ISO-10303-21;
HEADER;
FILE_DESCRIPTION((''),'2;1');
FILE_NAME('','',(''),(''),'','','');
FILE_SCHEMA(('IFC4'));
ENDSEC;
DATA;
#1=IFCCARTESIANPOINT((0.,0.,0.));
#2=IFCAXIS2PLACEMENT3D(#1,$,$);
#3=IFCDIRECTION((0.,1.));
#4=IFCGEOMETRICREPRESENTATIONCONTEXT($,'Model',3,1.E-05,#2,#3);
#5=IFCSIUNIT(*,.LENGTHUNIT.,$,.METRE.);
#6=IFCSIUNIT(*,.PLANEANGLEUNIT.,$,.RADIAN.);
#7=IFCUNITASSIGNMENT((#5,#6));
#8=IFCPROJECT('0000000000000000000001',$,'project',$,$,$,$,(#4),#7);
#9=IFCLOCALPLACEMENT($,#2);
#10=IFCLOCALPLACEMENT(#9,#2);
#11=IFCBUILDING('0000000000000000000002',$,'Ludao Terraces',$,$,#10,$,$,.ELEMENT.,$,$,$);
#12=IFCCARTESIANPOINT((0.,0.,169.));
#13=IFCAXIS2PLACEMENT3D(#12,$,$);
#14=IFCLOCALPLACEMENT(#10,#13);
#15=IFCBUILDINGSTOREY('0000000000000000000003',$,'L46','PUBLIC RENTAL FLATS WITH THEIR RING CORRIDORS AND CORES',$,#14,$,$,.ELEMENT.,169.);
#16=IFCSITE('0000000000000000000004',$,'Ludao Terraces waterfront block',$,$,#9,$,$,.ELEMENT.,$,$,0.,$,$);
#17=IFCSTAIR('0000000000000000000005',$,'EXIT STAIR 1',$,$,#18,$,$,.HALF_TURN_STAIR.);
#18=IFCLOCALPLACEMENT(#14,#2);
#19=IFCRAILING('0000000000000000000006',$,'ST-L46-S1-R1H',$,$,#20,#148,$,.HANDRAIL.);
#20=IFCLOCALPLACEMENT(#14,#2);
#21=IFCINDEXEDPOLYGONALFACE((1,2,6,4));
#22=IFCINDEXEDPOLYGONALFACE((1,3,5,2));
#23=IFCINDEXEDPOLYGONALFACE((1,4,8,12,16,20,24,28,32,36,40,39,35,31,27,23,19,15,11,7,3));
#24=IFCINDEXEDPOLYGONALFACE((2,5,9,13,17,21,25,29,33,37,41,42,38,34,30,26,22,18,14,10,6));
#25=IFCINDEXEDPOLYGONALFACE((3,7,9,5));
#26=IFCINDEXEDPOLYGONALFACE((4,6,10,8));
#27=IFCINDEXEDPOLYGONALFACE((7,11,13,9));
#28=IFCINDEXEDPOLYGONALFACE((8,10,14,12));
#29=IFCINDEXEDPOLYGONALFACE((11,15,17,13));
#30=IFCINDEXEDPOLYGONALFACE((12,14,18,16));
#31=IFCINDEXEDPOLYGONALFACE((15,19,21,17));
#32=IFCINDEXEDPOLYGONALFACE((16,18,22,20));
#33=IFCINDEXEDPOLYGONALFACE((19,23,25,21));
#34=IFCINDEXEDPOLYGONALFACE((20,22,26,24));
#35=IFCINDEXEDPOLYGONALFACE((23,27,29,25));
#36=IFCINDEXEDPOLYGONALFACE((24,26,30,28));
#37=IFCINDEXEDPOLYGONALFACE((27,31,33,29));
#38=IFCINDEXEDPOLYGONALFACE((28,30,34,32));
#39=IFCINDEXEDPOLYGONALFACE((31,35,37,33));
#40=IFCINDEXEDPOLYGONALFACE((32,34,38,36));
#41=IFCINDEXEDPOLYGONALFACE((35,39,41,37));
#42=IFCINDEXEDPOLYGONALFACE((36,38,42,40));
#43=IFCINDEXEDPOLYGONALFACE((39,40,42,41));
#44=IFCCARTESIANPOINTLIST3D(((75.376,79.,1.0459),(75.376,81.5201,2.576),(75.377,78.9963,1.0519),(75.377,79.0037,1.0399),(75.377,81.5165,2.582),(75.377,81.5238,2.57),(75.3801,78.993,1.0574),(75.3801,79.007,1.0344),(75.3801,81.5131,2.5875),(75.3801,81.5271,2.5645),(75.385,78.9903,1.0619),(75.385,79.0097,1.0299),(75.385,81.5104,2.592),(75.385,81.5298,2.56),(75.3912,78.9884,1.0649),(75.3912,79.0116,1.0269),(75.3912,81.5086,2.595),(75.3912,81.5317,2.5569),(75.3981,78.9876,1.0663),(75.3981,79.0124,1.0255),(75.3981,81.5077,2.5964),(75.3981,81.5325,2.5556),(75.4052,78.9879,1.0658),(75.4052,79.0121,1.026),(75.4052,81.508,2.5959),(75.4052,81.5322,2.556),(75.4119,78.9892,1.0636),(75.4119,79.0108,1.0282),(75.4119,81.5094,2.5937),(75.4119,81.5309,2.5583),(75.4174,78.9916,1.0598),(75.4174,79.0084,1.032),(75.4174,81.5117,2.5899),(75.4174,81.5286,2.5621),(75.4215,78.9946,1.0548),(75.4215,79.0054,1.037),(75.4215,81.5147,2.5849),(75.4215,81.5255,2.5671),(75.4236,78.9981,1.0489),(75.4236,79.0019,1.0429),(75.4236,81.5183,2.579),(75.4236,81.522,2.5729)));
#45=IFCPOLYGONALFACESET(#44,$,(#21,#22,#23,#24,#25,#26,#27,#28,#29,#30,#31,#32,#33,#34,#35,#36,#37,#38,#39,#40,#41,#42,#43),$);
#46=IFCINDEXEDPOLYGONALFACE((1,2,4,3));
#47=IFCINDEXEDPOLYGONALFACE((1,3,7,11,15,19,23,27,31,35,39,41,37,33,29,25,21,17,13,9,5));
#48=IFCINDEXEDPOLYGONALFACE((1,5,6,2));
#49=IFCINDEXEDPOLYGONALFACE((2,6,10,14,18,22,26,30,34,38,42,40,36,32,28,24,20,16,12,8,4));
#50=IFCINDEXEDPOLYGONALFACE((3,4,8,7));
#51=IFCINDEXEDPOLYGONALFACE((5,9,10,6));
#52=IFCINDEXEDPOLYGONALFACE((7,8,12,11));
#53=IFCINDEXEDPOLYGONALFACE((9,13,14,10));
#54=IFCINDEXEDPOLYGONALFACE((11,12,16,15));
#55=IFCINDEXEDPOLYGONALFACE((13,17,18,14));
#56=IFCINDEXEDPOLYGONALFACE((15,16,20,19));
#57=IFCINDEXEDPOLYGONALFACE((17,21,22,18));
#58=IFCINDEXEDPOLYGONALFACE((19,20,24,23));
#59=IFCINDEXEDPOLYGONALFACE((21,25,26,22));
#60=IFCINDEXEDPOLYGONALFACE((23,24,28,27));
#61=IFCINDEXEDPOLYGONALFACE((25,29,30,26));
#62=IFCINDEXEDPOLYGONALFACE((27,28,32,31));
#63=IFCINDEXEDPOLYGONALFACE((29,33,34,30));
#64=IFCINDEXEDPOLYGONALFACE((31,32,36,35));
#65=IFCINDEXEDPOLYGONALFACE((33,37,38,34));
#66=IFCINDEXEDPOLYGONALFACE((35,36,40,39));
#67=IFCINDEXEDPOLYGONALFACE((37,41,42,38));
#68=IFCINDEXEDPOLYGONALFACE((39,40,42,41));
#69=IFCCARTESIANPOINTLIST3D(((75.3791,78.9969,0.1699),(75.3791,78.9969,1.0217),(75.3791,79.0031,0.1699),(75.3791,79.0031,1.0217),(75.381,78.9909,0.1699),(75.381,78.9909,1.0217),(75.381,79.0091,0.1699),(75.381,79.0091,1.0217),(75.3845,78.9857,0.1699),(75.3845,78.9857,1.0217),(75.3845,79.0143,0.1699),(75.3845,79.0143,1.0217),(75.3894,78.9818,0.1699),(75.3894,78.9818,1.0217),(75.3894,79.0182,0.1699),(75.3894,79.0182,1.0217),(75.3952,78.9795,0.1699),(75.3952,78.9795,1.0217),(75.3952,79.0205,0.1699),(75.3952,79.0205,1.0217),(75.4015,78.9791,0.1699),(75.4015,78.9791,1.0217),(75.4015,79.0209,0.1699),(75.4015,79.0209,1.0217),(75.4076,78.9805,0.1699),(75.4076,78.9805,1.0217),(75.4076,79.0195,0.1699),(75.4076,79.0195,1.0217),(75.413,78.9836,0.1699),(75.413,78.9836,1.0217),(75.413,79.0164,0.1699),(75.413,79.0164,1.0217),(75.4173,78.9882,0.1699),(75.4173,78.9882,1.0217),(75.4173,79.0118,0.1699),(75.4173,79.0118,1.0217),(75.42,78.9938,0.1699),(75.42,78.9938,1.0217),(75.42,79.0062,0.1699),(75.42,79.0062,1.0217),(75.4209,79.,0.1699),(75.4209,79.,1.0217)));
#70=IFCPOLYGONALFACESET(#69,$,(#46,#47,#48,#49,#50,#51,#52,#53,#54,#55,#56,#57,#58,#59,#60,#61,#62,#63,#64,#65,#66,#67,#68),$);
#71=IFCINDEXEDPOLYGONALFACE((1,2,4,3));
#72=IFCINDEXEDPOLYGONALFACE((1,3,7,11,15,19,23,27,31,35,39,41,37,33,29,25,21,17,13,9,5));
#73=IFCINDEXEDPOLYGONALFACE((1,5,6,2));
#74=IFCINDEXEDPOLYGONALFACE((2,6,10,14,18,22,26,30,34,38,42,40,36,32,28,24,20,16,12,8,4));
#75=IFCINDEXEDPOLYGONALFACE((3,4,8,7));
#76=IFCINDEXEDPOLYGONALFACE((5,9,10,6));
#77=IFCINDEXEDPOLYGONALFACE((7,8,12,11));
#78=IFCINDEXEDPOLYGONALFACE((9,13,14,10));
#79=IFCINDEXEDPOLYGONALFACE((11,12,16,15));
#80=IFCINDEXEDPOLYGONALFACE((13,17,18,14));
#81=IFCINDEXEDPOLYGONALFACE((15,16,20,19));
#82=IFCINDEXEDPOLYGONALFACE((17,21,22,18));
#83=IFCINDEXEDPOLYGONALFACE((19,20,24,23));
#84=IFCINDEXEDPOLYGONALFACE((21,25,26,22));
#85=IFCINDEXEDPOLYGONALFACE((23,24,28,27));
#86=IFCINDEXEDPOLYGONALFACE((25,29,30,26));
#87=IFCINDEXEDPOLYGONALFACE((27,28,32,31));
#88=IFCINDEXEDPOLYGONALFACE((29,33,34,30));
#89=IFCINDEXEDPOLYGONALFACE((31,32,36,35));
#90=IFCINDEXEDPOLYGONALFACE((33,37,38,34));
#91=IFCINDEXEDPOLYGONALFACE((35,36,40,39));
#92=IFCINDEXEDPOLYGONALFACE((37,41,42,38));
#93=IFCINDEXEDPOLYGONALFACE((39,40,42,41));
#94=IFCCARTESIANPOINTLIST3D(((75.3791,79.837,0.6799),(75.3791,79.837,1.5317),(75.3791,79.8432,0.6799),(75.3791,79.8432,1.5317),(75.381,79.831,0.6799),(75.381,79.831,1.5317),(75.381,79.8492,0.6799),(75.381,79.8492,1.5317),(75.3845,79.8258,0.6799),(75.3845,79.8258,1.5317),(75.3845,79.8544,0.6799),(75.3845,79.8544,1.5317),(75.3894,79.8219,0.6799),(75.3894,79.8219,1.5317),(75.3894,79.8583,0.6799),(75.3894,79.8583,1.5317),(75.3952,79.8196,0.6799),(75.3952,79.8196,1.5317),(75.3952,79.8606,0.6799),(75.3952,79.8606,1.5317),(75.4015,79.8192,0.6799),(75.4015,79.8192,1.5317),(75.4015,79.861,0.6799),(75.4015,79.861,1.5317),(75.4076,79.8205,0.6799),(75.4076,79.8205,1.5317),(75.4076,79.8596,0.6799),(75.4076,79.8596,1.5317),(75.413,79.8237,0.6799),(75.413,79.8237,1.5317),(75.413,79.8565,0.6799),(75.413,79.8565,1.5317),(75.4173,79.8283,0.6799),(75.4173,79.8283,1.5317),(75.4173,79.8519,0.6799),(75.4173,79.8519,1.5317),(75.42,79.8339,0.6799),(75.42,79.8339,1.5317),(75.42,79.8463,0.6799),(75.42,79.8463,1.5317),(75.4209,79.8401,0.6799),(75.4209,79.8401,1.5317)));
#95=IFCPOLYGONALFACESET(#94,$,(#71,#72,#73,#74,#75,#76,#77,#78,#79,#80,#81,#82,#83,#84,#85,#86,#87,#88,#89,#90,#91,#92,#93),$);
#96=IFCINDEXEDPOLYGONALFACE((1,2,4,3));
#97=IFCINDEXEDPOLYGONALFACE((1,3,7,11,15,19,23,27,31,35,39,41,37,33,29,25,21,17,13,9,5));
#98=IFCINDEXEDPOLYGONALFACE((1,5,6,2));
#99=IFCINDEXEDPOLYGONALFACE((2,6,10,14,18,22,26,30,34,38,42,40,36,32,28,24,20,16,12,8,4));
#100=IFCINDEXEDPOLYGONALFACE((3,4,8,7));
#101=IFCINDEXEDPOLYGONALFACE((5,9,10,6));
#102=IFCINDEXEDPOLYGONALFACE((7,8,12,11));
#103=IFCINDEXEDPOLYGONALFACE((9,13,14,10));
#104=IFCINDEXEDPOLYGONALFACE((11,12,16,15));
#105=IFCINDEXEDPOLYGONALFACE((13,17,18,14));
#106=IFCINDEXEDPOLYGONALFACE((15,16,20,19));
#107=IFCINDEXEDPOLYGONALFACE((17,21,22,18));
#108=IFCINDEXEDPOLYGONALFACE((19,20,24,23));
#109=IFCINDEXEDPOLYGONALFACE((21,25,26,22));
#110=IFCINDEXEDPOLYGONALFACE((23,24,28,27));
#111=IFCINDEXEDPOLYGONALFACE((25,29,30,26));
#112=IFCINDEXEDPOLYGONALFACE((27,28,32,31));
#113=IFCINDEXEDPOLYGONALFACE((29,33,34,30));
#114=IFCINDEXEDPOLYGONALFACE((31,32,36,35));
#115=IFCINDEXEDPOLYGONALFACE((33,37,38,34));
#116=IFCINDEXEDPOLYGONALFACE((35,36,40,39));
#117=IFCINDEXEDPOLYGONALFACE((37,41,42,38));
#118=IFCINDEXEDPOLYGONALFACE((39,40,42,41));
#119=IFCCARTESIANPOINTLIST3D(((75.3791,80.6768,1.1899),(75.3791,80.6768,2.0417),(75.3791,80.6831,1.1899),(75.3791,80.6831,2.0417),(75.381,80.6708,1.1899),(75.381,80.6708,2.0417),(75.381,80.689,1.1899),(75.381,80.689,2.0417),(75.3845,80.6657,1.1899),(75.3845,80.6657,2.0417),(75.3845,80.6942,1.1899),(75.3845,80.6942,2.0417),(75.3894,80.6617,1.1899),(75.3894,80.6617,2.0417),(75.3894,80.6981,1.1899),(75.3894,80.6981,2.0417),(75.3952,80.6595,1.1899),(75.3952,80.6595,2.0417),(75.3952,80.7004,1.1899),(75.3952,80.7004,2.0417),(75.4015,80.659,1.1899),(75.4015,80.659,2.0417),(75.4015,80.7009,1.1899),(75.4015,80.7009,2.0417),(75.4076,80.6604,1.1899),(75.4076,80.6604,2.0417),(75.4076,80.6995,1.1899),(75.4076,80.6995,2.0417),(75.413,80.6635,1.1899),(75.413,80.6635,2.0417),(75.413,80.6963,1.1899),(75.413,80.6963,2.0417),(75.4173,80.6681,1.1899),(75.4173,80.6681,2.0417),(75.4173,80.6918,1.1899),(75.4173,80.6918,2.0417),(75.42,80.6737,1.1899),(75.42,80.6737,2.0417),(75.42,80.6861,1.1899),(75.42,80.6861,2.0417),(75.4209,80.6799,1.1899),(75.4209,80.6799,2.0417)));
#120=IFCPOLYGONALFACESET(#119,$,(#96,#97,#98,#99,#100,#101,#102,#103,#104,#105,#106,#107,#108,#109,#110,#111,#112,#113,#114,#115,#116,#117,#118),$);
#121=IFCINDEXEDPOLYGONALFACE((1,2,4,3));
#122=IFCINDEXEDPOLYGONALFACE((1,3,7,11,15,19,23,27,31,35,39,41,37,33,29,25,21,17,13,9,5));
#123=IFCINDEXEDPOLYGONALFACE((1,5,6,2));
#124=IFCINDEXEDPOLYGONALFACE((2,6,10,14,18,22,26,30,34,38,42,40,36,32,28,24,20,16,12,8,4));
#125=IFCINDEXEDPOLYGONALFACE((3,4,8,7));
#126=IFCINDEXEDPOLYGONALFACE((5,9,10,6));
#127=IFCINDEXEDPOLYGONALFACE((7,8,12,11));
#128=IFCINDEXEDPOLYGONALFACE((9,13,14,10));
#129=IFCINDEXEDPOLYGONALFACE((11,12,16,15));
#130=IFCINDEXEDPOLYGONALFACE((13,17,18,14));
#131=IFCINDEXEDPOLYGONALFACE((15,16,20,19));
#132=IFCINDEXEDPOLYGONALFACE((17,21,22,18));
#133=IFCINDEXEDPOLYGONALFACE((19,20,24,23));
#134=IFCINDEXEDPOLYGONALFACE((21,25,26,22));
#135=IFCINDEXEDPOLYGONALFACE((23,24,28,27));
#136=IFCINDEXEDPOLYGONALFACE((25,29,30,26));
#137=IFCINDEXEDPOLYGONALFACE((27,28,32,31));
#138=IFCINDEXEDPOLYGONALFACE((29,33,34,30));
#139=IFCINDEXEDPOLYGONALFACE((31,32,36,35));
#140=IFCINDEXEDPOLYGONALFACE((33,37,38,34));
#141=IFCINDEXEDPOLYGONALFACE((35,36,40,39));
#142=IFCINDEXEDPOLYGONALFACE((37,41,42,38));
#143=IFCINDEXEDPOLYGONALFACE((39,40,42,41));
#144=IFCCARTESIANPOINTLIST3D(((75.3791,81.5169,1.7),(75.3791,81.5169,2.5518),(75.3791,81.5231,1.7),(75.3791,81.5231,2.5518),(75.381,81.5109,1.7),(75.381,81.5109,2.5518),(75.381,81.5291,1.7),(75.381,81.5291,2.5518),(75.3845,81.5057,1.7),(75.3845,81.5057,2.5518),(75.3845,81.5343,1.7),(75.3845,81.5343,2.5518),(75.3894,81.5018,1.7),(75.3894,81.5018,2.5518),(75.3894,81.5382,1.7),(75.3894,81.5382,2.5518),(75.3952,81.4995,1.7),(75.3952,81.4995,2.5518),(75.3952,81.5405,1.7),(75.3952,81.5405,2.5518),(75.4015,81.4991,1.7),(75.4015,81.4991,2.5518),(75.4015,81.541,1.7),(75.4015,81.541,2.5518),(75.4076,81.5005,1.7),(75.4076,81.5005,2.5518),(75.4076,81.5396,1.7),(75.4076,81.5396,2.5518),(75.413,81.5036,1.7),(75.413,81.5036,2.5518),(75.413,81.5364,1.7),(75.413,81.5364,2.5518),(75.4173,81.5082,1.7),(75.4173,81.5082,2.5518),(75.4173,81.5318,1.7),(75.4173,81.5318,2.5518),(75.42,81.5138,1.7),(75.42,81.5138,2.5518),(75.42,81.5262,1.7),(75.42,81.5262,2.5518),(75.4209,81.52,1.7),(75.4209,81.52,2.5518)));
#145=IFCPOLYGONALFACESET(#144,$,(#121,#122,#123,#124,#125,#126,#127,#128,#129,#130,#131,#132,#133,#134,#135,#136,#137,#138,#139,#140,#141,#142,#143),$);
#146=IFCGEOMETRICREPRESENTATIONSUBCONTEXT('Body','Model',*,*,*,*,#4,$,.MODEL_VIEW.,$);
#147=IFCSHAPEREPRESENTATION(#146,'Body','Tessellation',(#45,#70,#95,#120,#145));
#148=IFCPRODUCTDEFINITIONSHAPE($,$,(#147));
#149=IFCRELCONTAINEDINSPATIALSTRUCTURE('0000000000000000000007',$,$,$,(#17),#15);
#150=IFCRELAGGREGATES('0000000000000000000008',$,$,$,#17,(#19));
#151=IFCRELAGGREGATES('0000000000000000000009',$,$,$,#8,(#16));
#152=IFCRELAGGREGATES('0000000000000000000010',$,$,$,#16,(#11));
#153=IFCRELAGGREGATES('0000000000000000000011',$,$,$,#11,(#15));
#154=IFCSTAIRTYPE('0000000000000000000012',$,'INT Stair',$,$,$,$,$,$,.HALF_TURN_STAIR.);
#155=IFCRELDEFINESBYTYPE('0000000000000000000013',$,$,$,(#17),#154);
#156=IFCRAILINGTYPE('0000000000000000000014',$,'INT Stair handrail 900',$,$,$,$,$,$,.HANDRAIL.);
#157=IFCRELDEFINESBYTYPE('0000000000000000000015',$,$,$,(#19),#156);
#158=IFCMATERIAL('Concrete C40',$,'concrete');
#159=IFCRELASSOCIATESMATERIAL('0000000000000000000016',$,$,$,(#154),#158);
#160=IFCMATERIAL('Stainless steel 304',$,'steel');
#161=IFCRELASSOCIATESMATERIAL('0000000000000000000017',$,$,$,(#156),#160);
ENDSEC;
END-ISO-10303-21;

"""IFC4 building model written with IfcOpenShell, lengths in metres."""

from ifc_helpers import new_model, si_unit, direction, frame, origin, origin_2d, place, context, subcontext, project, spatial, circle, extrude, material, type_object, element, aggregate, save


model = new_model("IFC4")

# Units and contexts
model_context = context("Model", 3, precision=1e-05, world=origin(), true_north=direction((0.0, 1.0)))
body_context = subcontext(model_context, "Body", "Model", "MODEL_VIEW")
ifc_project = project(units=[si_unit("LENGTHUNIT", "METRE"), si_unit("PLANEANGLEUNIT", "RADIAN")], contexts=[model_context])

# Site, building, storey
site_placement = place(None, origin())
site = spatial("IfcSite", under=ifc_project, at=site_placement, Name="Ludao Terraces waterfront block", CompositionType="ELEMENT", RefElevation=0.0)
building_placement = place(site_placement, origin())
building = spatial("IfcBuilding", under=site, at=building_placement, Name="Ludao Terraces", CompositionType="ELEMENT")
storey_placement = place(building_placement, frame((0.0, 0.0, 169.0)))
storey = spatial("IfcBuildingStorey", under=building, at=storey_placement, Name="L46", Description="PUBLIC RENTAL FLATS WITH THEIR RING CORRIDORS AND CORES", CompositionType="ELEMENT", Elevation=169.0)

# Stair, railing
ifc_material_1 = material(Name="Concrete C40", Category="concrete")
stair_type = type_object("IfcStairType", Name="INT Stair", PredefinedType="HALF_TURN_STAIR", material=ifc_material_1)
stair_placement = place(storey_placement, origin())
stair = element("IfcStair", 1, at=stair_placement, inside=storey, type_object=stair_type, Name="EXIT STAIR 1", PredefinedType="HALF_TURN_STAIR")
ifc_material_2 = material(Name="Stainless steel 304", Category="steel")
railing_type_1 = type_object("IfcRailingType", Name="INT Stair handrail 900", PredefinedType="HANDRAIL", material=ifc_material_2)
railing_1_placement = place(storey_placement, frame((75.3999, 79.0, 0.1699)))
railing_1 = element("IfcRailing", 2, at=railing_1_placement, type_object=railing_type_1, Name="ST-L46-S1-R1H", PredefinedType="HANDRAIL", context=body_context, shape_type="SweptSolid", body=[
    extrude(circle(Radius=0.0239, at=origin_2d()), frame((0.0, 0.0, 0.876), z_axis=(0.0, 0.854785, 0.518982), x_axis=(-1.0, 0.0, 0.0)), (0.0, 0.0, 1.0), 2.9482),
    extrude(circle(Radius=0.021, at=origin_2d()), origin(), (0.0, 0.0, 1.0), 0.8518),
    extrude(circle(Radius=0.021, at=origin_2d()), frame((0.0, 0.8401, 0.51)), (0.0, 0.0, 1.0), 0.8518),
    extrude(circle(Radius=0.021, at=origin_2d()), frame((0.0, 1.6799, 1.02)), (0.0, 0.0, 1.0), 0.8518),
    extrude(circle(Radius=0.021, at=origin_2d()), frame((0.0, 2.52, 1.53)), (0.0, 0.0, 1.0), 0.8518),
])
aggregate(stair, [railing_1])

save(model, "model.ifc")
